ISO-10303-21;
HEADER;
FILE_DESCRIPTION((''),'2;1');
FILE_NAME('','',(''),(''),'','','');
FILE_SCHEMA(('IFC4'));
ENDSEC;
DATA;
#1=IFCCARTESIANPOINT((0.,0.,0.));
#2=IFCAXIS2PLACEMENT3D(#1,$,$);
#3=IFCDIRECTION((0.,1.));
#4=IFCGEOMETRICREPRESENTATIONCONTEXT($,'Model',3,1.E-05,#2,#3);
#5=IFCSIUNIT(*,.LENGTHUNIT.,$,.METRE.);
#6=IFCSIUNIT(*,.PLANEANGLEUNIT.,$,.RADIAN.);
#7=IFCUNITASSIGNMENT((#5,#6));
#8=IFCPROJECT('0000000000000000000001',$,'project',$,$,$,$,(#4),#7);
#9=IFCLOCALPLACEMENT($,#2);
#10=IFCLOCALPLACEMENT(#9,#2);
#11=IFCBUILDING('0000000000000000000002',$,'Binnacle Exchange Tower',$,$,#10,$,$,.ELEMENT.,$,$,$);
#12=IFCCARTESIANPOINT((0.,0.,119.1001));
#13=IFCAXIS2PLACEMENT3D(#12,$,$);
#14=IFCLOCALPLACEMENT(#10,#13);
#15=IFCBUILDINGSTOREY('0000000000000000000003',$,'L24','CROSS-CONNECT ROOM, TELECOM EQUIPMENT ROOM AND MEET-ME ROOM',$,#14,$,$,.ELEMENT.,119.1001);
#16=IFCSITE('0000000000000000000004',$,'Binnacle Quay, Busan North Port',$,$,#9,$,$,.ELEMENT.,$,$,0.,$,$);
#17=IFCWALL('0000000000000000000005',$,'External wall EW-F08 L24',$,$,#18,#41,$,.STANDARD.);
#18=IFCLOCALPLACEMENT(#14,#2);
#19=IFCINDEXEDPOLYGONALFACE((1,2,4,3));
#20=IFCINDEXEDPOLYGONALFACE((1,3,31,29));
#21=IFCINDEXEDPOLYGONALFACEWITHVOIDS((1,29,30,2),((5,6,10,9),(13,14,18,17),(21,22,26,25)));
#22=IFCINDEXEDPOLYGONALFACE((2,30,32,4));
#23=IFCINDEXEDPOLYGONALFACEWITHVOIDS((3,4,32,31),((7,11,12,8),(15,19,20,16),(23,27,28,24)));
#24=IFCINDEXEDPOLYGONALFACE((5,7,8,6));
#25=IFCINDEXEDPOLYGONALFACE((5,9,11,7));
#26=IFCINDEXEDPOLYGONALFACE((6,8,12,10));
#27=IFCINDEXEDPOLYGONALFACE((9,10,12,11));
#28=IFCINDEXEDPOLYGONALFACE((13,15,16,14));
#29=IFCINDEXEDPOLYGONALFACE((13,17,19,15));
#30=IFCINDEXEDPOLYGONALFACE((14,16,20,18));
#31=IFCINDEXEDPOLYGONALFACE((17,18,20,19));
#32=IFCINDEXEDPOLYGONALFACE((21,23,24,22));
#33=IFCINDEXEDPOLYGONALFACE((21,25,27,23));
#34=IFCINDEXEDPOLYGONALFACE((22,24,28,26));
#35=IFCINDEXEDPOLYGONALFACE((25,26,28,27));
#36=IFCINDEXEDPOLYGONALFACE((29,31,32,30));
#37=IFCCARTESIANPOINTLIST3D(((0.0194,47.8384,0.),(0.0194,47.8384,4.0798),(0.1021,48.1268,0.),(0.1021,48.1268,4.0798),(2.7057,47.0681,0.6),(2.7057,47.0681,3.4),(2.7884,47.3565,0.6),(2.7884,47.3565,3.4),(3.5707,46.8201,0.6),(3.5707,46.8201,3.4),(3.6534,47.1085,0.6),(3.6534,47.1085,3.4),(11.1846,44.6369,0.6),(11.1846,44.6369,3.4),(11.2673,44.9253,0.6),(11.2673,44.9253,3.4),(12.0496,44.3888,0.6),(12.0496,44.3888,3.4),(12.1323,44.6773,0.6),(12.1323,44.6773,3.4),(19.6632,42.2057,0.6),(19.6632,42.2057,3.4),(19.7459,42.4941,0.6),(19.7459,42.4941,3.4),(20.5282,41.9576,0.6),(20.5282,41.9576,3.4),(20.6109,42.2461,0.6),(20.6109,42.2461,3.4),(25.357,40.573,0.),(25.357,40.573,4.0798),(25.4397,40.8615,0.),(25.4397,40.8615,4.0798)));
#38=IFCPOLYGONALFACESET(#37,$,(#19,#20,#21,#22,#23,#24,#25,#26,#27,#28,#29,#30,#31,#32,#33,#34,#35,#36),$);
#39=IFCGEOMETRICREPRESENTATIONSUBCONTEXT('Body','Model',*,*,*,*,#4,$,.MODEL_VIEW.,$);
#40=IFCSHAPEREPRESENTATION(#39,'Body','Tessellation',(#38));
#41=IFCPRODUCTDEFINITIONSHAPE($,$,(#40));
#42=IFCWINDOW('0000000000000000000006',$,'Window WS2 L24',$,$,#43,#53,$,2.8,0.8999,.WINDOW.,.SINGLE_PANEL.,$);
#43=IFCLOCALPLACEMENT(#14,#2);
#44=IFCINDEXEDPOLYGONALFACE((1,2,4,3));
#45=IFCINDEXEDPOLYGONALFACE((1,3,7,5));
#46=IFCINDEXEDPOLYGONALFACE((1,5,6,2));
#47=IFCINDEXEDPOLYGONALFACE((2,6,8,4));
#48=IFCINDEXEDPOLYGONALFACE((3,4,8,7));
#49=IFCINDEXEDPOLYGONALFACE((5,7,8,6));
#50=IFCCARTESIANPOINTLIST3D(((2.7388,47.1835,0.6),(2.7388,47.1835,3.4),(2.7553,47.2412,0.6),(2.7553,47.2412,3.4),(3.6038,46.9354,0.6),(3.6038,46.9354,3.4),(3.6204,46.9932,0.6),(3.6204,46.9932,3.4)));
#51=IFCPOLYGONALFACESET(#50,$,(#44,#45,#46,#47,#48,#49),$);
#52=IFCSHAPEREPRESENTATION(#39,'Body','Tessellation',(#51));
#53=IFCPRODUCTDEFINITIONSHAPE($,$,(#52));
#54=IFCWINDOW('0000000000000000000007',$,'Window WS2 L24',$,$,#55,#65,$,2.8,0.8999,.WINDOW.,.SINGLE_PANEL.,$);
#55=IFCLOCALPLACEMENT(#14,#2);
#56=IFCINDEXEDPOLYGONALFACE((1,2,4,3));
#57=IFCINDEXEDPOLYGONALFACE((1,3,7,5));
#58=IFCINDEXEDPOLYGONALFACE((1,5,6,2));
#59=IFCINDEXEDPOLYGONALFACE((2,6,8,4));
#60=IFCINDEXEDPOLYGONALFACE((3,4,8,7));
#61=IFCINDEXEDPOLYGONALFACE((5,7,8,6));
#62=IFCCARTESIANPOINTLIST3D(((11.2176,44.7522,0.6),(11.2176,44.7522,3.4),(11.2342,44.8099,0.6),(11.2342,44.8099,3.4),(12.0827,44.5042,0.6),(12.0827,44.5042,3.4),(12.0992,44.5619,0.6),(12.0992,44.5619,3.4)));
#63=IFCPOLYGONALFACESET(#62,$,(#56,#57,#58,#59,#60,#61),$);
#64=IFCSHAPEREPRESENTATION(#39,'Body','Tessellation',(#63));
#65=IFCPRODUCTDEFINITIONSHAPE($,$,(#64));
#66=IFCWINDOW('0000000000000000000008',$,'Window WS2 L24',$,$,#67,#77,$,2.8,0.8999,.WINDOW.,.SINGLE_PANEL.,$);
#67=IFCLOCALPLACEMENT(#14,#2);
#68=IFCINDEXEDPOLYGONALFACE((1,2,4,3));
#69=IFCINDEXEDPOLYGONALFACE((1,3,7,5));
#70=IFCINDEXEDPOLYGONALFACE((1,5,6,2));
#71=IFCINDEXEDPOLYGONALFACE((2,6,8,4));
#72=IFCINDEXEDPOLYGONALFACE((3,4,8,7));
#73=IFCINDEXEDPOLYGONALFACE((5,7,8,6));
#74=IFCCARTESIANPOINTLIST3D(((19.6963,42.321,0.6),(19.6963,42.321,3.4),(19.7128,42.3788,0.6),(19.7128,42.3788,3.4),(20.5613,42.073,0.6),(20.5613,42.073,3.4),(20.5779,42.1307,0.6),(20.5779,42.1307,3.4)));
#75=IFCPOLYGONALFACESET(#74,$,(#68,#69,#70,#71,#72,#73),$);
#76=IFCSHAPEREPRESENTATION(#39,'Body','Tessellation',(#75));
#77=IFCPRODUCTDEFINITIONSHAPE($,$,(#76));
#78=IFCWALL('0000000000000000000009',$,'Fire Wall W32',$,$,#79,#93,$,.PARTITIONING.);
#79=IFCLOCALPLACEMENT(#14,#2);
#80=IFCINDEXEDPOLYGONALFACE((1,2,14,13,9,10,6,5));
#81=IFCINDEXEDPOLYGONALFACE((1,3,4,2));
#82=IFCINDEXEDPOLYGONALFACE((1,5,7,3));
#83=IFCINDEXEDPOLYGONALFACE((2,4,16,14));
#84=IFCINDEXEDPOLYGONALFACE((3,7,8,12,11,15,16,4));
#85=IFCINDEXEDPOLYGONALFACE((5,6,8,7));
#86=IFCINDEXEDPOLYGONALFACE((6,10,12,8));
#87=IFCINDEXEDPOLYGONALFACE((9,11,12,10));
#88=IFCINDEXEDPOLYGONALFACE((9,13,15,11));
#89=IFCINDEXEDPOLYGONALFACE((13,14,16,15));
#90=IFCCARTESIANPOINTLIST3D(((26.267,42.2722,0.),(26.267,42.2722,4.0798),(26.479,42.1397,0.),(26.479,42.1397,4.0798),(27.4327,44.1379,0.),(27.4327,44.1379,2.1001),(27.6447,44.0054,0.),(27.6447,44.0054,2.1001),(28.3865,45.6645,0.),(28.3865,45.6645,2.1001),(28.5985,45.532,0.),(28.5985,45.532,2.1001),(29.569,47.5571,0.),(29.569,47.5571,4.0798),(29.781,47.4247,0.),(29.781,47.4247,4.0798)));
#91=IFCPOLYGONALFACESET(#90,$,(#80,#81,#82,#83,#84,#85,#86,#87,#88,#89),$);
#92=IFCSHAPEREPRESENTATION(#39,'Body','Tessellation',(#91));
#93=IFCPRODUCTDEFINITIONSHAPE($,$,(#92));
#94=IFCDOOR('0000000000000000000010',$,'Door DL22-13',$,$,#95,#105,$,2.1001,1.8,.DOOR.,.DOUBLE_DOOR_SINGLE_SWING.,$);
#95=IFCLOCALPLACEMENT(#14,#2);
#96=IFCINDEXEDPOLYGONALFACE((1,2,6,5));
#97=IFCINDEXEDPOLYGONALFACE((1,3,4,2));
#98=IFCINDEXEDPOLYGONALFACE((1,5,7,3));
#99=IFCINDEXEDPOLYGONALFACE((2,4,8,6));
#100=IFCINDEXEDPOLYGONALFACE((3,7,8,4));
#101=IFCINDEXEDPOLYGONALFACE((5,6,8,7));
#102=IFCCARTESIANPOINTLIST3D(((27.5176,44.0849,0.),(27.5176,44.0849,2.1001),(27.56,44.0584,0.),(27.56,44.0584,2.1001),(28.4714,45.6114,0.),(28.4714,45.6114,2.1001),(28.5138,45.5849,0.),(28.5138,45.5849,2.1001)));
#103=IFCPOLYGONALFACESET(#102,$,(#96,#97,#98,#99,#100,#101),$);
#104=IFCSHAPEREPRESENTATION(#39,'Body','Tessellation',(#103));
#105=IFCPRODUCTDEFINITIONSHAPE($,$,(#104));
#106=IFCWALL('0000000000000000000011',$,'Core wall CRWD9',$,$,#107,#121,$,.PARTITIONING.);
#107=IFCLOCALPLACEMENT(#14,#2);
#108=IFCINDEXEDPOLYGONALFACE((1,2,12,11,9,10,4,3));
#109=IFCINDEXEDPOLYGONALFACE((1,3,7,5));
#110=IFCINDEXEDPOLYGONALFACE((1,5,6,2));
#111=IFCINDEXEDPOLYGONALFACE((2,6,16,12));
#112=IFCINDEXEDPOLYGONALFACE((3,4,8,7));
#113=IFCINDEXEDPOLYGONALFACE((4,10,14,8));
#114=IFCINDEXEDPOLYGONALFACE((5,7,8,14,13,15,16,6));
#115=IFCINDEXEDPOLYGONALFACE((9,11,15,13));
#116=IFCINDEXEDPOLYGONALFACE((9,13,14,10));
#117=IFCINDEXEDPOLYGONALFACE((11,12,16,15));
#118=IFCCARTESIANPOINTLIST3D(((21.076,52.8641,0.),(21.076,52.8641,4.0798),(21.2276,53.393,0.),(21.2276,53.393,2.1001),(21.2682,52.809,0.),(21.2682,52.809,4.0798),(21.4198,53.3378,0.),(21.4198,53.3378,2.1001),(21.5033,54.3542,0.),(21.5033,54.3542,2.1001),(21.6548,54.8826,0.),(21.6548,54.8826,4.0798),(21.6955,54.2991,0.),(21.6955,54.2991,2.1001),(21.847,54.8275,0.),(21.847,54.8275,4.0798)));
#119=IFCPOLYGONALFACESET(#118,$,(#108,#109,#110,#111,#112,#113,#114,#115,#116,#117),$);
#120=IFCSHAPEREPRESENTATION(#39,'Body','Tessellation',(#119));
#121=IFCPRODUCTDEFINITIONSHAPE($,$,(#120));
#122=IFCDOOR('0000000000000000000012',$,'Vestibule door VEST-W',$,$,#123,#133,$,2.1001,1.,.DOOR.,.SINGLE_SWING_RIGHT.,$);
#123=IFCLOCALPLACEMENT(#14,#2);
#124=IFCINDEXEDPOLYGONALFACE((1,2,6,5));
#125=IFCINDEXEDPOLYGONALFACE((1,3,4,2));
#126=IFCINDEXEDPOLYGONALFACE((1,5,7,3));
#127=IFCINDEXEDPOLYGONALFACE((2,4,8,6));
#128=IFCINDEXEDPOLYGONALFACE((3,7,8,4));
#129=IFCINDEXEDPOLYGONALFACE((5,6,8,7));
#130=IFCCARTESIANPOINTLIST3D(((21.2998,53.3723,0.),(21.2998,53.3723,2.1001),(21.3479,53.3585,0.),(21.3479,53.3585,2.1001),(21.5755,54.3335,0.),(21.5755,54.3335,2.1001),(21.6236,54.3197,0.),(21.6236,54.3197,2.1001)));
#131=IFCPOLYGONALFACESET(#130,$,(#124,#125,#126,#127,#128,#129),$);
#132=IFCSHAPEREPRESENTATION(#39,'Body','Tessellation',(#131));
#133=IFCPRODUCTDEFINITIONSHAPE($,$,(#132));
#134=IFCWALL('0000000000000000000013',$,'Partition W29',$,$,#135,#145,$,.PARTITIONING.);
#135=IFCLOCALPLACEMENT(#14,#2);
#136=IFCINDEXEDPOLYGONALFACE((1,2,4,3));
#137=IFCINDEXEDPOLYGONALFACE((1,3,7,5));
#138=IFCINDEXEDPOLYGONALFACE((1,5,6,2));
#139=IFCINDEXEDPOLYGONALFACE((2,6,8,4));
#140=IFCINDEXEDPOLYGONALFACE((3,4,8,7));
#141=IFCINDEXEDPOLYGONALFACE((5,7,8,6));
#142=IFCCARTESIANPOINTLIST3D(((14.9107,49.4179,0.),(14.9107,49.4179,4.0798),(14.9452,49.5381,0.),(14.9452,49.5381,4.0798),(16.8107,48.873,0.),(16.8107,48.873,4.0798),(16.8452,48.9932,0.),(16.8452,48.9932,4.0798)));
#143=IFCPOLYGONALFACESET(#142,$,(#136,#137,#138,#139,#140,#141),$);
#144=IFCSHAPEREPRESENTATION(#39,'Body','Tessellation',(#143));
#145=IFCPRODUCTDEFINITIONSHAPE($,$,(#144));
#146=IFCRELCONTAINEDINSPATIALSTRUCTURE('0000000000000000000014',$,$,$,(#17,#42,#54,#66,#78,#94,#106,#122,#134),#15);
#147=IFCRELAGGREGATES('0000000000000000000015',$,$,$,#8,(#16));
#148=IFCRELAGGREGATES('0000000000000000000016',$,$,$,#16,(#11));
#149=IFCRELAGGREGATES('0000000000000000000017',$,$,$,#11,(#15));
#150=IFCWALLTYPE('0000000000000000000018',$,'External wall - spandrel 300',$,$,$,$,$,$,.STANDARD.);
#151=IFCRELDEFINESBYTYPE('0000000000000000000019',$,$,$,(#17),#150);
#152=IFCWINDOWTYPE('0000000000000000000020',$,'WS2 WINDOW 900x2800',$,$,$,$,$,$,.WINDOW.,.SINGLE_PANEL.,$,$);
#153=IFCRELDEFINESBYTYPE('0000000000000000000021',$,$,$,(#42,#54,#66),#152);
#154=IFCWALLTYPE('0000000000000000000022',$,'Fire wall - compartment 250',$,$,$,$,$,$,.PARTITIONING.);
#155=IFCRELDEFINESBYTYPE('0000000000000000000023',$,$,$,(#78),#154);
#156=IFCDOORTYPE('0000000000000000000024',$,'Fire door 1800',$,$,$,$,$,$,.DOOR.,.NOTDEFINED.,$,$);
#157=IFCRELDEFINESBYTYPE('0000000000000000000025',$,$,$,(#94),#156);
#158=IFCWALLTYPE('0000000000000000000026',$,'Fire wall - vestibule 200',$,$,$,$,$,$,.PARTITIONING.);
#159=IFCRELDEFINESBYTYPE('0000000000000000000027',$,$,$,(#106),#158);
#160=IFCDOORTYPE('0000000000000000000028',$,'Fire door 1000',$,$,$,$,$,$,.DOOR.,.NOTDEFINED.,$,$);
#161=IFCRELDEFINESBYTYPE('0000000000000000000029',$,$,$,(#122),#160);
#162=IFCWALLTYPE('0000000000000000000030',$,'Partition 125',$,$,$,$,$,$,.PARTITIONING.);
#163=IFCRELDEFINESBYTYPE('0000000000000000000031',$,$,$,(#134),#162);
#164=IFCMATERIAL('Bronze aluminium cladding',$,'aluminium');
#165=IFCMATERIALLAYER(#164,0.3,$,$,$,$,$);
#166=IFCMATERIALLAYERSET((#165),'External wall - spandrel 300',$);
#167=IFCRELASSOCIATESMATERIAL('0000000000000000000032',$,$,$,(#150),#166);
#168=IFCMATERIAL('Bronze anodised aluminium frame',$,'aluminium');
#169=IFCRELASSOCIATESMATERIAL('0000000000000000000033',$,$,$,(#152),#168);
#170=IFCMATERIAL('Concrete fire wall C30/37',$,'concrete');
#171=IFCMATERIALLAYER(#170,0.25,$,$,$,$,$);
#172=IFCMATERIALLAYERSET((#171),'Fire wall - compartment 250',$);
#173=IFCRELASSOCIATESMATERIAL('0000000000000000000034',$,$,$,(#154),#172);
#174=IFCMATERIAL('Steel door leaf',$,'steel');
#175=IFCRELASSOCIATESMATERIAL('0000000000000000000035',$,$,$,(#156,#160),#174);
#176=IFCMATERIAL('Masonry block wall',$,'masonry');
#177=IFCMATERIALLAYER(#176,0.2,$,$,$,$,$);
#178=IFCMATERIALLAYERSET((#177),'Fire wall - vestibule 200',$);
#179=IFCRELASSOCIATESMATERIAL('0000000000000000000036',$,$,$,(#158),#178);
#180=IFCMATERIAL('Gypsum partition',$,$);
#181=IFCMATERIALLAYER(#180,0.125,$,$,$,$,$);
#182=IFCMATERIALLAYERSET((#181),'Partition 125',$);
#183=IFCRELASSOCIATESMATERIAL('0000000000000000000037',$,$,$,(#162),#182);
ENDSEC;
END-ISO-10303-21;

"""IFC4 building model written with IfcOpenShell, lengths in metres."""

from ifc_helpers import new_model, si_unit, direction, frame, frame_2d, origin, place, context, subcontext, project, spatial, rectangle, extrude, material, layer, layer_set, type_object, element, fill, save


model = new_model("IFC4")

# Units and contexts
model_context = context("Model", 3, precision=1e-05, world=origin(), true_north=direction((0.0, 1.0)))
body_context = subcontext(model_context, "Body", "Model", "MODEL_VIEW")
ifc_project = project(units=[si_unit("LENGTHUNIT", "METRE"), si_unit("PLANEANGLEUNIT", "RADIAN")], contexts=[model_context])

# Site, building, storey
site_placement = place(None, origin())
site = spatial("IfcSite", under=ifc_project, at=site_placement, Name="Binnacle Quay, Busan North Port", CompositionType="ELEMENT", RefElevation=0.0)
building_placement = place(site_placement, origin())
building = spatial("IfcBuilding", under=site, at=building_placement, Name="Binnacle Exchange Tower", CompositionType="ELEMENT")
storey_placement = place(building_placement, frame((0.0, 0.0, 119.1001)))
storey = spatial("IfcBuildingStorey", under=building, at=storey_placement, Name="L24", Description="CROSS-CONNECT ROOM, TELECOM EQUIPMENT ROOM AND MEET-ME ROOM", CompositionType="ELEMENT", Elevation=119.1001)

# Shared definitions
ifc_material_1 = material(Name="Steel door leaf", Category="steel")

# Wall, openings, windows
ifc_material_2 = material(Name="Bronze aluminium cladding", Category="aluminium")
ifc_layer_1 = layer(ifc_material_2, 0.3)
ifc_layer_set_1 = layer_set([ifc_layer_1], Name="External wall - spandrel 300")
wall_type_1 = type_object("IfcWallType", Name="External wall - spandrel 300", PredefinedType="STANDARD", material=ifc_layer_set_1)
wall_1_placement = place(storey_placement, frame((25.3982, 40.7173, 0.0), z_axis=(0.0, 0.0, 1.0), x_axis=(-0.961262, 0.275635, 0.0)))
wall_1 = element("IfcWall", 1, at=wall_1_placement, inside=storey, type_object=wall_type_1, Name="External wall EW-F08 L24", PredefinedType="STANDARD", context=body_context, shape_type="SweptSolid", body=[
    extrude(rectangle(XDim=26.3586, YDim=0.3, at=frame_2d((13.1792, 0.0))), origin(), (0.0, 0.0, 1.0), 4.0798),
])
opening_1_placement = place(wall_1_placement, frame((22.6641, 0.0, 0.6001)))
opening_1 = element("IfcOpeningElement", 2, at=opening_1_placement, cuts=wall_1, PredefinedType="OPENING", context=body_context, shape_type="SweptSolid", body=[
    extrude(rectangle(XDim=0.8999, YDim=2.8, at=frame_2d((0.45, 1.3999))), frame((0.0, 0.1599, 0.0), z_axis=(0.0, -1.0, 0.0), x_axis=(1.0, 0.0, 0.0)), (0.0, 0.0, 1.0), 0.3201),
])
opening_2_placement = place(wall_1_placement, frame((13.8435, 0.0, 0.6001)))
opening_2 = element("IfcOpeningElement", 3, at=opening_2_placement, cuts=wall_1, PredefinedType="OPENING", context=body_context, shape_type="SweptSolid", body=[
    extrude(rectangle(XDim=0.8999, YDim=2.8, at=frame_2d((0.45, 1.3999))), frame((0.0, 0.1599, 0.0), z_axis=(0.0, -1.0, 0.0), x_axis=(1.0, 0.0, 0.0)), (0.0, 0.0, 1.0), 0.3201),
])
opening_3_placement = place(wall_1_placement, frame((5.0232, 0.0, 0.6001)))
opening_3 = element("IfcOpeningElement", 4, at=opening_3_placement, cuts=wall_1, PredefinedType="OPENING", context=body_context, shape_type="SweptSolid", body=[
    extrude(rectangle(XDim=0.8999, YDim=2.8, at=frame_2d((0.45, 1.3999))), frame((0.0, 0.1599, 0.0), z_axis=(0.0, -1.0, 0.0), x_axis=(1.0, 0.0, 0.0)), (0.0, 0.0, 1.0), 0.3201),
])
ifc_material_3 = material(Name="Bronze anodised aluminium frame", Category="aluminium")
window_type = type_object("IfcWindowType", Name="WS2 WINDOW 900x2800", PartitioningType="SINGLE_PANEL", PredefinedType="WINDOW", material=ifc_material_3)
window_1_placement = place(opening_1_placement, origin())
window_1 = element("IfcWindow", 5, at=window_1_placement, inside=storey, type_object=window_type, Name="Window WS2 L24", OverallHeight=2.8, OverallWidth=0.8999, PartitioningType="SINGLE_PANEL", PredefinedType="WINDOW", context=body_context, shape_type="SweptSolid", body=[
    extrude(rectangle(XDim=0.8999, YDim=2.8, at=frame_2d((0.45, 1.3999))), frame((0.0, 0.03, 0.0), z_axis=(0.0, -1.0, 0.0), x_axis=(1.0, 0.0, 0.0)), (0.0, 0.0, 1.0), 0.0601),
])
fill(opening_1, window_1)
window_2_placement = place(opening_2_placement, origin())
window_2 = element("IfcWindow", 6, at=window_2_placement, inside=storey, type_object=window_type, Name="Window WS2 L24", OverallHeight=2.8, OverallWidth=0.8999, PartitioningType="SINGLE_PANEL", PredefinedType="WINDOW", context=body_context, shape_type="SweptSolid", body=[
    extrude(rectangle(XDim=0.8999, YDim=2.8, at=frame_2d((0.45, 1.3999))), frame((0.0, 0.03, 0.0), z_axis=(0.0, -1.0, 0.0), x_axis=(1.0, 0.0, 0.0)), (0.0, 0.0, 1.0), 0.0601),
])
fill(opening_2, window_2)
window_3_placement = place(opening_3_placement, origin())
window_3 = element("IfcWindow", 7, at=window_3_placement, inside=storey, type_object=window_type, Name="Window WS2 L24", OverallHeight=2.8, OverallWidth=0.8999, PartitioningType="SINGLE_PANEL", PredefinedType="WINDOW", context=body_context, shape_type="SweptSolid", body=[
    extrude(rectangle(XDim=0.8999, YDim=2.8, at=frame_2d((0.45, 1.3999))), frame((0.0, 0.03, 0.0), z_axis=(0.0, -1.0, 0.0), x_axis=(1.0, 0.0, 0.0)), (0.0, 0.0, 1.0), 0.0601),
])
fill(opening_3, window_3)

# Walls, openings, doors
ifc_material_4 = material(Name="Concrete fire wall C30/37", Category="concrete")
ifc_layer_2 = layer(ifc_material_4, 0.25)
ifc_layer_set_2 = layer_set([ifc_layer_2], Name="Fire wall - compartment 250")
wall_type_2 = type_object("IfcWallType", Name="Fire wall - compartment 250", PredefinedType="PARTITIONING", material=ifc_layer_set_2)
wall_2_placement = place(storey_placement, frame((26.373, 42.2061, 0.0), z_axis=(0.0, 0.0, 1.0), x_axis=(0.529876, 0.848075, 0.0)))
wall_2 = element("IfcWall", 8, at=wall_2_placement, inside=storey, type_object=wall_type_2, Name="Fire Wall W32", PredefinedType="PARTITIONING", context=body_context, shape_type="SweptSolid", body=[
    extrude(rectangle(XDim=6.2317, YDim=0.25, at=frame_2d((3.1157, 0.0))), origin(), (0.0, 0.0, 1.0), 4.0798),
])
opening_4_placement = place(wall_2_placement, frame((2.2, 0.0, 0.0)))
opening_4 = element("IfcOpeningElement", 9, at=opening_4_placement, cuts=wall_2, PredefinedType="OPENING", context=body_context, shape_type="SweptSolid", body=[
    extrude(rectangle(XDim=1.8, YDim=2.1001, at=frame_2d((0.8999, 1.05))), frame((0.0, 0.135, 0.0), z_axis=(0.0, -1.0, 0.0), x_axis=(1.0, 0.0, 0.0)), (0.0, 0.0, 1.0), 0.27),
])
door_type_1 = type_object("IfcDoorType", Name="Fire door 1800", OperationType="NOTDEFINED", PredefinedType="DOOR", material=ifc_material_1)
door_1_placement = place(opening_4_placement, origin())
door_1 = element("IfcDoor", 10, at=door_1_placement, inside=storey, type_object=door_type_1, Name="Door DL22-13", OperationType="DOUBLE_DOOR_SINGLE_SWING", OverallHeight=2.1001, OverallWidth=1.8, PredefinedType="DOOR", context=body_context, shape_type="SweptSolid", body=[
    extrude(rectangle(XDim=1.8, YDim=2.1001, at=frame_2d((0.8999, 1.05))), frame((0.0, 0.0249, 0.0), z_axis=(0.0, -1.0, 0.0), x_axis=(1.0, 0.0, 0.0)), (0.0, 0.0, 1.0), 0.05),
])
fill(opening_4, door_1)
ifc_material_5 = material(Name="Masonry block wall", Category="masonry")
ifc_layer_3 = layer(ifc_material_5, 0.2)
ifc_layer_set_3 = layer_set([ifc_layer_3], Name="Fire wall - vestibule 200")
wall_type_3 = type_object("IfcWallType", Name="Fire wall - vestibule 200", PredefinedType="PARTITIONING", material=ifc_layer_set_3)
wall_3_placement = place(storey_placement, frame((21.1721, 52.8367, 0.0), z_axis=(0.0, 0.0, 1.0), x_axis=(0.275658, 0.961256, 0.0)))
wall_3 = element("IfcWall", 11, at=wall_3_placement, inside=storey, type_object=wall_type_3, Name="Core wall CRWD9", PredefinedType="PARTITIONING", context=body_context, shape_type="SweptSolid", body=[
    extrude(rectangle(XDim=2.0999, YDim=0.2, at=frame_2d((1.0498, 0.0))), origin(), (0.0, 0.0, 1.0), 4.0798),
])
opening_5_placement = place(wall_3_placement, frame((0.55, 0.0, 0.0)))
opening_5 = element("IfcOpeningElement", 12, at=opening_5_placement, cuts=wall_3, PredefinedType="OPENING", context=body_context, shape_type="SweptSolid", body=[
    extrude(rectangle(XDim=1.0, YDim=2.1001, at=frame_2d((0.5, 1.05))), frame((0.0, 0.1099, 0.0), z_axis=(0.0, -1.0, 0.0), x_axis=(1.0, 0.0, 0.0)), (0.0, 0.0, 1.0), 0.22),
])
door_type_2 = type_object("IfcDoorType", Name="Fire door 1000", OperationType="NOTDEFINED", PredefinedType="DOOR", material=ifc_material_1)
door_2_placement = place(opening_5_placement, origin())
door_2 = element("IfcDoor", 13, at=door_2_placement, inside=storey, type_object=door_type_2, Name="Vestibule door VEST-W", OperationType="SINGLE_SWING_RIGHT", OverallHeight=2.1001, OverallWidth=1.0, PredefinedType="DOOR", context=body_context, shape_type="SweptSolid", body=[
    extrude(rectangle(XDim=1.0, YDim=2.1001, at=frame_2d((0.5, 1.05))), frame((0.0, 0.0249, 0.0), z_axis=(0.0, -1.0, 0.0), x_axis=(1.0, 0.0, 0.0)), (0.0, 0.0, 1.0), 0.05),
])
fill(opening_5, door_2)

# Wall
ifc_material_6 = material(Name="Gypsum partition")
ifc_layer_4 = layer(ifc_material_6, 0.125)
ifc_layer_set_4 = layer_set([ifc_layer_4], Name="Partition 125")
wall_type_4 = type_object("IfcWallType", Name="Partition 125", PredefinedType="PARTITIONING", material=ifc_layer_set_4)
wall_4_placement = place(storey_placement, frame((14.928, 49.478, 0.0), z_axis=(0.0, 0.0, 1.0), x_axis=(0.961244, -0.2757, 0.0)))
element("IfcWall", 14, at=wall_4_placement, inside=storey, type_object=wall_type_4, Name="Partition W29", PredefinedType="PARTITIONING", context=body_context, shape_type="SweptSolid", body=[
    extrude(rectangle(XDim=1.9766, YDim=0.125, at=frame_2d((0.9883, 0.0))), origin(), (0.0, 0.0, 1.0), 4.0798),
])

save(model, "model.ifc")
